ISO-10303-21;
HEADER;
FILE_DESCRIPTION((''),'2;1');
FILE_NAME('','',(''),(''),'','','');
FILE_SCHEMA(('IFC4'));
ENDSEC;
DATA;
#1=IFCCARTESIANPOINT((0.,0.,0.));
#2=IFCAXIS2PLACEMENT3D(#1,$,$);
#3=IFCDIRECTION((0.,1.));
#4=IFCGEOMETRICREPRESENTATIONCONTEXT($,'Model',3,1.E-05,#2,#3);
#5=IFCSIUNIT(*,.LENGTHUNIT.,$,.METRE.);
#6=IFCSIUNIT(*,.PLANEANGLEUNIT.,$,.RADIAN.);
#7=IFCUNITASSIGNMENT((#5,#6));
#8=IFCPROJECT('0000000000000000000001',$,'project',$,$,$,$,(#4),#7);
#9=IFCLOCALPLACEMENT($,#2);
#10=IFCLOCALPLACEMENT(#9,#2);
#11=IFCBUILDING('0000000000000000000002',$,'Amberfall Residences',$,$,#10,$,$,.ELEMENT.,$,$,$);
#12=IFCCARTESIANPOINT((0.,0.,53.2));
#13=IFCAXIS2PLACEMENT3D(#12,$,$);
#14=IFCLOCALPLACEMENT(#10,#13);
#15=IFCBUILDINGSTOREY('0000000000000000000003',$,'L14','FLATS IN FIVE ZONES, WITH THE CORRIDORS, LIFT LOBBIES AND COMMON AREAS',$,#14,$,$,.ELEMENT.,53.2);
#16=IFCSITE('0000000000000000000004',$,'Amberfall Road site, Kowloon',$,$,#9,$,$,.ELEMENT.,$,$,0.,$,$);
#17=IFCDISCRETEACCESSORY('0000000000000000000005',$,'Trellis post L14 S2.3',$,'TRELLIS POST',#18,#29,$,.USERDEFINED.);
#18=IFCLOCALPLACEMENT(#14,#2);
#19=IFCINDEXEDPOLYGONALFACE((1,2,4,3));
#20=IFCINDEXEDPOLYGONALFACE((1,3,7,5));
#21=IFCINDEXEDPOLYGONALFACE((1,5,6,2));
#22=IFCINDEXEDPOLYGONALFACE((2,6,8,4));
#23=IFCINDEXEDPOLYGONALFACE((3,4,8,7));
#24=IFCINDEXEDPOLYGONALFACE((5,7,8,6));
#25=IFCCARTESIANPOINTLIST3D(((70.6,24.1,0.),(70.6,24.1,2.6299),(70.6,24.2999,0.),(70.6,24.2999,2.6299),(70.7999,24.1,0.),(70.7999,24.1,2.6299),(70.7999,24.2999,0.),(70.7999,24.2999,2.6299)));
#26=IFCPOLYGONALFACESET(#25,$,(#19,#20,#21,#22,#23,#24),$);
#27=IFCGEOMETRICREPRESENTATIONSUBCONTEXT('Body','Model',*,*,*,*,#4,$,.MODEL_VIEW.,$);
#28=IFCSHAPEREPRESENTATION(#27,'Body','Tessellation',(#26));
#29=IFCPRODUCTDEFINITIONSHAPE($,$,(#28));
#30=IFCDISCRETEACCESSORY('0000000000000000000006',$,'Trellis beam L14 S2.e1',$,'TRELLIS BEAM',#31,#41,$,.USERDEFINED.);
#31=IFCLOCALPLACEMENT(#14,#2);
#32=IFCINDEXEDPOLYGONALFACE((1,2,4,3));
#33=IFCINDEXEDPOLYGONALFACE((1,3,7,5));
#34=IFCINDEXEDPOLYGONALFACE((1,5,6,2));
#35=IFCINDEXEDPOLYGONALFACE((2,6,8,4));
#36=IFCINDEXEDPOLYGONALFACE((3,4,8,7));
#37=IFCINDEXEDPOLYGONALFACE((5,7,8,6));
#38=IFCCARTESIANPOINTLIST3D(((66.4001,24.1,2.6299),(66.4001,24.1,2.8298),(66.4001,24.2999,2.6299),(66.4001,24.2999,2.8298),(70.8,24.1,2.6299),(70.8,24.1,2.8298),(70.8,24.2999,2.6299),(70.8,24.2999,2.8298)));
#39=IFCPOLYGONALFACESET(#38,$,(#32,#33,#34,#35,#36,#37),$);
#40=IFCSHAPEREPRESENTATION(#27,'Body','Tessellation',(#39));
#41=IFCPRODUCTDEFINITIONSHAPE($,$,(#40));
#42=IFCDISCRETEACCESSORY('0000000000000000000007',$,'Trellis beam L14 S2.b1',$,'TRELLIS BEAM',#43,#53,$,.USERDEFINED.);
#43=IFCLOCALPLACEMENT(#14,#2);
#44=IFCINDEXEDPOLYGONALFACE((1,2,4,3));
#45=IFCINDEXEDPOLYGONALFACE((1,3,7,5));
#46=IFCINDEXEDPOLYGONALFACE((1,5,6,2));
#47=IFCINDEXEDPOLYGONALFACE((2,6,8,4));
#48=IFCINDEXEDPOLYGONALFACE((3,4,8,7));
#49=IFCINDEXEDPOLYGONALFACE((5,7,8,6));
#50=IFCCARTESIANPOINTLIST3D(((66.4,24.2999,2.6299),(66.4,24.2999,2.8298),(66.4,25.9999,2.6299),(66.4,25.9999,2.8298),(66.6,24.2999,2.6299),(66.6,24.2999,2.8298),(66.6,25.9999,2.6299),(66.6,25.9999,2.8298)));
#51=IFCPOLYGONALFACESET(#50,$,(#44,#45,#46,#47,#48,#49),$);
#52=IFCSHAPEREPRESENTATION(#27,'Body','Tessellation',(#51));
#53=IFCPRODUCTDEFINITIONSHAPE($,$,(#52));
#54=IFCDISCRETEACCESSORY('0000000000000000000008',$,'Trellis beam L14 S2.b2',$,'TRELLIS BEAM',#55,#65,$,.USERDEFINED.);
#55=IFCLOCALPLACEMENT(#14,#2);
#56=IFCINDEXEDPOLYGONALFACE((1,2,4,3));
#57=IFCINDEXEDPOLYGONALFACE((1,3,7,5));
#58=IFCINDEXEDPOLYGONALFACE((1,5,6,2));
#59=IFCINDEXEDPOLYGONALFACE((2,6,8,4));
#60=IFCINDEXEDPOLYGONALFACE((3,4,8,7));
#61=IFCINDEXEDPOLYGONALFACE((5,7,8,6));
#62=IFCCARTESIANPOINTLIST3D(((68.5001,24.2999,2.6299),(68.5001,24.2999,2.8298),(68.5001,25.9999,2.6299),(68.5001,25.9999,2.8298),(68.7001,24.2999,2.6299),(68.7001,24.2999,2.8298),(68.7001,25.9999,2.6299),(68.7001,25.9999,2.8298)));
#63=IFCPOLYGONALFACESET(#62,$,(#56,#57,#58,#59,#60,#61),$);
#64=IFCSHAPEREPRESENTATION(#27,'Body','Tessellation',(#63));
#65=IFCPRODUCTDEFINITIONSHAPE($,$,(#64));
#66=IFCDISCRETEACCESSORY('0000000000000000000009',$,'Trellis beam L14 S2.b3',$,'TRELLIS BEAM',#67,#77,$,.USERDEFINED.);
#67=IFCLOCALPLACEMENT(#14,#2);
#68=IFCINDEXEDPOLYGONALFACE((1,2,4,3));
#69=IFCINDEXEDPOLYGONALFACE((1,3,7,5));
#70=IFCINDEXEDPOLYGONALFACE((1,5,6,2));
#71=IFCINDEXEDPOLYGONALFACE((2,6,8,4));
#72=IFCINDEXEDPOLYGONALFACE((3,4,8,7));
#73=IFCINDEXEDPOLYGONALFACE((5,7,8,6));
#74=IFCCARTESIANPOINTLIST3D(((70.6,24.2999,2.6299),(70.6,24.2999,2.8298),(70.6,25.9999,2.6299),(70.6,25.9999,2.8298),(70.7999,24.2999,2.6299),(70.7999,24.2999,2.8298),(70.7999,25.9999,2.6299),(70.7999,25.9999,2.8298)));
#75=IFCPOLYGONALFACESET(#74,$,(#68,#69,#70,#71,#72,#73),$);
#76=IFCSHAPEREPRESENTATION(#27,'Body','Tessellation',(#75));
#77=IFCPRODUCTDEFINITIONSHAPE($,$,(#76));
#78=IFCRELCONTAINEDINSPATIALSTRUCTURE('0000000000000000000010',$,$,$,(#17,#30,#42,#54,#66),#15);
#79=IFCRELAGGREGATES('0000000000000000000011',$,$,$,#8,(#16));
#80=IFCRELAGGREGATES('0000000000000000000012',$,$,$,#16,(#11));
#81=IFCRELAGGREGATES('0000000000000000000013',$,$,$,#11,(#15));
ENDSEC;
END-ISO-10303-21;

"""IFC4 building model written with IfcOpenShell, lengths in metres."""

from ifc_helpers import new_model, si_unit, direction, frame, origin, origin_2d, place, context, subcontext, project, spatial, rectangle, extrude, element, save


model = new_model("IFC4")

# Units and contexts
model_context = context("Model", 3, precision=1e-05, world=origin(), true_north=direction((0.0, 1.0)))
body_context = subcontext(model_context, "Body", "Model", "MODEL_VIEW")
ifc_project = project(units=[si_unit("LENGTHUNIT", "METRE"), si_unit("PLANEANGLEUNIT", "RADIAN")], contexts=[model_context])

# Site, building, storey
site_placement = place(None, origin())
site = spatial("IfcSite", under=ifc_project, at=site_placement, Name="Amberfall Road site, Kowloon", CompositionType="ELEMENT", RefElevation=0.0)
building_placement = place(site_placement, origin())
building = spatial("IfcBuilding", under=site, at=building_placement, Name="Amberfall Residences", CompositionType="ELEMENT")
storey_placement = place(building_placement, frame((0.0, 0.0, 53.2)))
storey = spatial("IfcBuildingStorey", under=building, at=storey_placement, Name="L14", Description="FLATS IN FIVE ZONES, WITH THE CORRIDORS, LIFT LOBBIES AND COMMON AREAS", CompositionType="ELEMENT", Elevation=53.2)

# Discrete accessories
for number, where, z_axis, x_axis, name in (
    (1, (70.7, 24.2, 0.0), (0.0, 0.0, 1.0), (1.0, 0.0, 0.0), "Trellis post L14 S2.3"),
):
    element("IfcDiscreteAccessory", number, at=place(storey_placement, frame(where, z_axis=z_axis, x_axis=x_axis)), inside=storey, Name=name, ObjectType="TRELLIS POST", PredefinedType="USERDEFINED", context=body_context, shape_type="SweptSolid", body=[
        extrude(rectangle(XDim=0.2, YDim=0.2, at=origin_2d()), origin(), (0.0, 0.0, 1.0), 2.6299),
    ])
discrete_accessory_placement = place(storey_placement, frame((68.6001, 24.2, 2.6299), z_axis=(0.0, 0.0, 1.0), x_axis=(1.0, 0.0, 0.0)))
element("IfcDiscreteAccessory", 2, at=discrete_accessory_placement, inside=storey, Name="Trellis beam L14 S2.e1", ObjectType="TRELLIS BEAM", PredefinedType="USERDEFINED", context=body_context, shape_type="SweptSolid", body=[
    extrude(rectangle(XDim=4.3999, YDim=0.2, at=origin_2d()), origin(), (0.0, 0.0, 1.0), 0.2),
])
for number, where, z_axis, x_axis, name in (
    (3, (66.5, 25.1499, 2.6299), (0.0, 0.0, 1.0), (0.0, 1.0, 0.0), "Trellis beam L14 S2.b1"),
    (4, (68.6001, 25.1499, 2.6299), (0.0, 0.0, 1.0), (0.0, 1.0, 0.0), "Trellis beam L14 S2.b2"),
    (5, (70.7, 25.1499, 2.6299), (0.0, 0.0, 1.0), (0.0, 1.0, 0.0), "Trellis beam L14 S2.b3"),
):
    element("IfcDiscreteAccessory", number, at=place(storey_placement, frame(where, z_axis=z_axis, x_axis=x_axis)), inside=storey, Name=name, ObjectType="TRELLIS BEAM", PredefinedType="USERDEFINED", context=body_context, shape_type="SweptSolid", body=[
        extrude(rectangle(XDim=1.7, YDim=0.2, at=origin_2d()), origin(), (0.0, 0.0, 1.0), 0.2),
    ])

save(model, "model.ifc")
